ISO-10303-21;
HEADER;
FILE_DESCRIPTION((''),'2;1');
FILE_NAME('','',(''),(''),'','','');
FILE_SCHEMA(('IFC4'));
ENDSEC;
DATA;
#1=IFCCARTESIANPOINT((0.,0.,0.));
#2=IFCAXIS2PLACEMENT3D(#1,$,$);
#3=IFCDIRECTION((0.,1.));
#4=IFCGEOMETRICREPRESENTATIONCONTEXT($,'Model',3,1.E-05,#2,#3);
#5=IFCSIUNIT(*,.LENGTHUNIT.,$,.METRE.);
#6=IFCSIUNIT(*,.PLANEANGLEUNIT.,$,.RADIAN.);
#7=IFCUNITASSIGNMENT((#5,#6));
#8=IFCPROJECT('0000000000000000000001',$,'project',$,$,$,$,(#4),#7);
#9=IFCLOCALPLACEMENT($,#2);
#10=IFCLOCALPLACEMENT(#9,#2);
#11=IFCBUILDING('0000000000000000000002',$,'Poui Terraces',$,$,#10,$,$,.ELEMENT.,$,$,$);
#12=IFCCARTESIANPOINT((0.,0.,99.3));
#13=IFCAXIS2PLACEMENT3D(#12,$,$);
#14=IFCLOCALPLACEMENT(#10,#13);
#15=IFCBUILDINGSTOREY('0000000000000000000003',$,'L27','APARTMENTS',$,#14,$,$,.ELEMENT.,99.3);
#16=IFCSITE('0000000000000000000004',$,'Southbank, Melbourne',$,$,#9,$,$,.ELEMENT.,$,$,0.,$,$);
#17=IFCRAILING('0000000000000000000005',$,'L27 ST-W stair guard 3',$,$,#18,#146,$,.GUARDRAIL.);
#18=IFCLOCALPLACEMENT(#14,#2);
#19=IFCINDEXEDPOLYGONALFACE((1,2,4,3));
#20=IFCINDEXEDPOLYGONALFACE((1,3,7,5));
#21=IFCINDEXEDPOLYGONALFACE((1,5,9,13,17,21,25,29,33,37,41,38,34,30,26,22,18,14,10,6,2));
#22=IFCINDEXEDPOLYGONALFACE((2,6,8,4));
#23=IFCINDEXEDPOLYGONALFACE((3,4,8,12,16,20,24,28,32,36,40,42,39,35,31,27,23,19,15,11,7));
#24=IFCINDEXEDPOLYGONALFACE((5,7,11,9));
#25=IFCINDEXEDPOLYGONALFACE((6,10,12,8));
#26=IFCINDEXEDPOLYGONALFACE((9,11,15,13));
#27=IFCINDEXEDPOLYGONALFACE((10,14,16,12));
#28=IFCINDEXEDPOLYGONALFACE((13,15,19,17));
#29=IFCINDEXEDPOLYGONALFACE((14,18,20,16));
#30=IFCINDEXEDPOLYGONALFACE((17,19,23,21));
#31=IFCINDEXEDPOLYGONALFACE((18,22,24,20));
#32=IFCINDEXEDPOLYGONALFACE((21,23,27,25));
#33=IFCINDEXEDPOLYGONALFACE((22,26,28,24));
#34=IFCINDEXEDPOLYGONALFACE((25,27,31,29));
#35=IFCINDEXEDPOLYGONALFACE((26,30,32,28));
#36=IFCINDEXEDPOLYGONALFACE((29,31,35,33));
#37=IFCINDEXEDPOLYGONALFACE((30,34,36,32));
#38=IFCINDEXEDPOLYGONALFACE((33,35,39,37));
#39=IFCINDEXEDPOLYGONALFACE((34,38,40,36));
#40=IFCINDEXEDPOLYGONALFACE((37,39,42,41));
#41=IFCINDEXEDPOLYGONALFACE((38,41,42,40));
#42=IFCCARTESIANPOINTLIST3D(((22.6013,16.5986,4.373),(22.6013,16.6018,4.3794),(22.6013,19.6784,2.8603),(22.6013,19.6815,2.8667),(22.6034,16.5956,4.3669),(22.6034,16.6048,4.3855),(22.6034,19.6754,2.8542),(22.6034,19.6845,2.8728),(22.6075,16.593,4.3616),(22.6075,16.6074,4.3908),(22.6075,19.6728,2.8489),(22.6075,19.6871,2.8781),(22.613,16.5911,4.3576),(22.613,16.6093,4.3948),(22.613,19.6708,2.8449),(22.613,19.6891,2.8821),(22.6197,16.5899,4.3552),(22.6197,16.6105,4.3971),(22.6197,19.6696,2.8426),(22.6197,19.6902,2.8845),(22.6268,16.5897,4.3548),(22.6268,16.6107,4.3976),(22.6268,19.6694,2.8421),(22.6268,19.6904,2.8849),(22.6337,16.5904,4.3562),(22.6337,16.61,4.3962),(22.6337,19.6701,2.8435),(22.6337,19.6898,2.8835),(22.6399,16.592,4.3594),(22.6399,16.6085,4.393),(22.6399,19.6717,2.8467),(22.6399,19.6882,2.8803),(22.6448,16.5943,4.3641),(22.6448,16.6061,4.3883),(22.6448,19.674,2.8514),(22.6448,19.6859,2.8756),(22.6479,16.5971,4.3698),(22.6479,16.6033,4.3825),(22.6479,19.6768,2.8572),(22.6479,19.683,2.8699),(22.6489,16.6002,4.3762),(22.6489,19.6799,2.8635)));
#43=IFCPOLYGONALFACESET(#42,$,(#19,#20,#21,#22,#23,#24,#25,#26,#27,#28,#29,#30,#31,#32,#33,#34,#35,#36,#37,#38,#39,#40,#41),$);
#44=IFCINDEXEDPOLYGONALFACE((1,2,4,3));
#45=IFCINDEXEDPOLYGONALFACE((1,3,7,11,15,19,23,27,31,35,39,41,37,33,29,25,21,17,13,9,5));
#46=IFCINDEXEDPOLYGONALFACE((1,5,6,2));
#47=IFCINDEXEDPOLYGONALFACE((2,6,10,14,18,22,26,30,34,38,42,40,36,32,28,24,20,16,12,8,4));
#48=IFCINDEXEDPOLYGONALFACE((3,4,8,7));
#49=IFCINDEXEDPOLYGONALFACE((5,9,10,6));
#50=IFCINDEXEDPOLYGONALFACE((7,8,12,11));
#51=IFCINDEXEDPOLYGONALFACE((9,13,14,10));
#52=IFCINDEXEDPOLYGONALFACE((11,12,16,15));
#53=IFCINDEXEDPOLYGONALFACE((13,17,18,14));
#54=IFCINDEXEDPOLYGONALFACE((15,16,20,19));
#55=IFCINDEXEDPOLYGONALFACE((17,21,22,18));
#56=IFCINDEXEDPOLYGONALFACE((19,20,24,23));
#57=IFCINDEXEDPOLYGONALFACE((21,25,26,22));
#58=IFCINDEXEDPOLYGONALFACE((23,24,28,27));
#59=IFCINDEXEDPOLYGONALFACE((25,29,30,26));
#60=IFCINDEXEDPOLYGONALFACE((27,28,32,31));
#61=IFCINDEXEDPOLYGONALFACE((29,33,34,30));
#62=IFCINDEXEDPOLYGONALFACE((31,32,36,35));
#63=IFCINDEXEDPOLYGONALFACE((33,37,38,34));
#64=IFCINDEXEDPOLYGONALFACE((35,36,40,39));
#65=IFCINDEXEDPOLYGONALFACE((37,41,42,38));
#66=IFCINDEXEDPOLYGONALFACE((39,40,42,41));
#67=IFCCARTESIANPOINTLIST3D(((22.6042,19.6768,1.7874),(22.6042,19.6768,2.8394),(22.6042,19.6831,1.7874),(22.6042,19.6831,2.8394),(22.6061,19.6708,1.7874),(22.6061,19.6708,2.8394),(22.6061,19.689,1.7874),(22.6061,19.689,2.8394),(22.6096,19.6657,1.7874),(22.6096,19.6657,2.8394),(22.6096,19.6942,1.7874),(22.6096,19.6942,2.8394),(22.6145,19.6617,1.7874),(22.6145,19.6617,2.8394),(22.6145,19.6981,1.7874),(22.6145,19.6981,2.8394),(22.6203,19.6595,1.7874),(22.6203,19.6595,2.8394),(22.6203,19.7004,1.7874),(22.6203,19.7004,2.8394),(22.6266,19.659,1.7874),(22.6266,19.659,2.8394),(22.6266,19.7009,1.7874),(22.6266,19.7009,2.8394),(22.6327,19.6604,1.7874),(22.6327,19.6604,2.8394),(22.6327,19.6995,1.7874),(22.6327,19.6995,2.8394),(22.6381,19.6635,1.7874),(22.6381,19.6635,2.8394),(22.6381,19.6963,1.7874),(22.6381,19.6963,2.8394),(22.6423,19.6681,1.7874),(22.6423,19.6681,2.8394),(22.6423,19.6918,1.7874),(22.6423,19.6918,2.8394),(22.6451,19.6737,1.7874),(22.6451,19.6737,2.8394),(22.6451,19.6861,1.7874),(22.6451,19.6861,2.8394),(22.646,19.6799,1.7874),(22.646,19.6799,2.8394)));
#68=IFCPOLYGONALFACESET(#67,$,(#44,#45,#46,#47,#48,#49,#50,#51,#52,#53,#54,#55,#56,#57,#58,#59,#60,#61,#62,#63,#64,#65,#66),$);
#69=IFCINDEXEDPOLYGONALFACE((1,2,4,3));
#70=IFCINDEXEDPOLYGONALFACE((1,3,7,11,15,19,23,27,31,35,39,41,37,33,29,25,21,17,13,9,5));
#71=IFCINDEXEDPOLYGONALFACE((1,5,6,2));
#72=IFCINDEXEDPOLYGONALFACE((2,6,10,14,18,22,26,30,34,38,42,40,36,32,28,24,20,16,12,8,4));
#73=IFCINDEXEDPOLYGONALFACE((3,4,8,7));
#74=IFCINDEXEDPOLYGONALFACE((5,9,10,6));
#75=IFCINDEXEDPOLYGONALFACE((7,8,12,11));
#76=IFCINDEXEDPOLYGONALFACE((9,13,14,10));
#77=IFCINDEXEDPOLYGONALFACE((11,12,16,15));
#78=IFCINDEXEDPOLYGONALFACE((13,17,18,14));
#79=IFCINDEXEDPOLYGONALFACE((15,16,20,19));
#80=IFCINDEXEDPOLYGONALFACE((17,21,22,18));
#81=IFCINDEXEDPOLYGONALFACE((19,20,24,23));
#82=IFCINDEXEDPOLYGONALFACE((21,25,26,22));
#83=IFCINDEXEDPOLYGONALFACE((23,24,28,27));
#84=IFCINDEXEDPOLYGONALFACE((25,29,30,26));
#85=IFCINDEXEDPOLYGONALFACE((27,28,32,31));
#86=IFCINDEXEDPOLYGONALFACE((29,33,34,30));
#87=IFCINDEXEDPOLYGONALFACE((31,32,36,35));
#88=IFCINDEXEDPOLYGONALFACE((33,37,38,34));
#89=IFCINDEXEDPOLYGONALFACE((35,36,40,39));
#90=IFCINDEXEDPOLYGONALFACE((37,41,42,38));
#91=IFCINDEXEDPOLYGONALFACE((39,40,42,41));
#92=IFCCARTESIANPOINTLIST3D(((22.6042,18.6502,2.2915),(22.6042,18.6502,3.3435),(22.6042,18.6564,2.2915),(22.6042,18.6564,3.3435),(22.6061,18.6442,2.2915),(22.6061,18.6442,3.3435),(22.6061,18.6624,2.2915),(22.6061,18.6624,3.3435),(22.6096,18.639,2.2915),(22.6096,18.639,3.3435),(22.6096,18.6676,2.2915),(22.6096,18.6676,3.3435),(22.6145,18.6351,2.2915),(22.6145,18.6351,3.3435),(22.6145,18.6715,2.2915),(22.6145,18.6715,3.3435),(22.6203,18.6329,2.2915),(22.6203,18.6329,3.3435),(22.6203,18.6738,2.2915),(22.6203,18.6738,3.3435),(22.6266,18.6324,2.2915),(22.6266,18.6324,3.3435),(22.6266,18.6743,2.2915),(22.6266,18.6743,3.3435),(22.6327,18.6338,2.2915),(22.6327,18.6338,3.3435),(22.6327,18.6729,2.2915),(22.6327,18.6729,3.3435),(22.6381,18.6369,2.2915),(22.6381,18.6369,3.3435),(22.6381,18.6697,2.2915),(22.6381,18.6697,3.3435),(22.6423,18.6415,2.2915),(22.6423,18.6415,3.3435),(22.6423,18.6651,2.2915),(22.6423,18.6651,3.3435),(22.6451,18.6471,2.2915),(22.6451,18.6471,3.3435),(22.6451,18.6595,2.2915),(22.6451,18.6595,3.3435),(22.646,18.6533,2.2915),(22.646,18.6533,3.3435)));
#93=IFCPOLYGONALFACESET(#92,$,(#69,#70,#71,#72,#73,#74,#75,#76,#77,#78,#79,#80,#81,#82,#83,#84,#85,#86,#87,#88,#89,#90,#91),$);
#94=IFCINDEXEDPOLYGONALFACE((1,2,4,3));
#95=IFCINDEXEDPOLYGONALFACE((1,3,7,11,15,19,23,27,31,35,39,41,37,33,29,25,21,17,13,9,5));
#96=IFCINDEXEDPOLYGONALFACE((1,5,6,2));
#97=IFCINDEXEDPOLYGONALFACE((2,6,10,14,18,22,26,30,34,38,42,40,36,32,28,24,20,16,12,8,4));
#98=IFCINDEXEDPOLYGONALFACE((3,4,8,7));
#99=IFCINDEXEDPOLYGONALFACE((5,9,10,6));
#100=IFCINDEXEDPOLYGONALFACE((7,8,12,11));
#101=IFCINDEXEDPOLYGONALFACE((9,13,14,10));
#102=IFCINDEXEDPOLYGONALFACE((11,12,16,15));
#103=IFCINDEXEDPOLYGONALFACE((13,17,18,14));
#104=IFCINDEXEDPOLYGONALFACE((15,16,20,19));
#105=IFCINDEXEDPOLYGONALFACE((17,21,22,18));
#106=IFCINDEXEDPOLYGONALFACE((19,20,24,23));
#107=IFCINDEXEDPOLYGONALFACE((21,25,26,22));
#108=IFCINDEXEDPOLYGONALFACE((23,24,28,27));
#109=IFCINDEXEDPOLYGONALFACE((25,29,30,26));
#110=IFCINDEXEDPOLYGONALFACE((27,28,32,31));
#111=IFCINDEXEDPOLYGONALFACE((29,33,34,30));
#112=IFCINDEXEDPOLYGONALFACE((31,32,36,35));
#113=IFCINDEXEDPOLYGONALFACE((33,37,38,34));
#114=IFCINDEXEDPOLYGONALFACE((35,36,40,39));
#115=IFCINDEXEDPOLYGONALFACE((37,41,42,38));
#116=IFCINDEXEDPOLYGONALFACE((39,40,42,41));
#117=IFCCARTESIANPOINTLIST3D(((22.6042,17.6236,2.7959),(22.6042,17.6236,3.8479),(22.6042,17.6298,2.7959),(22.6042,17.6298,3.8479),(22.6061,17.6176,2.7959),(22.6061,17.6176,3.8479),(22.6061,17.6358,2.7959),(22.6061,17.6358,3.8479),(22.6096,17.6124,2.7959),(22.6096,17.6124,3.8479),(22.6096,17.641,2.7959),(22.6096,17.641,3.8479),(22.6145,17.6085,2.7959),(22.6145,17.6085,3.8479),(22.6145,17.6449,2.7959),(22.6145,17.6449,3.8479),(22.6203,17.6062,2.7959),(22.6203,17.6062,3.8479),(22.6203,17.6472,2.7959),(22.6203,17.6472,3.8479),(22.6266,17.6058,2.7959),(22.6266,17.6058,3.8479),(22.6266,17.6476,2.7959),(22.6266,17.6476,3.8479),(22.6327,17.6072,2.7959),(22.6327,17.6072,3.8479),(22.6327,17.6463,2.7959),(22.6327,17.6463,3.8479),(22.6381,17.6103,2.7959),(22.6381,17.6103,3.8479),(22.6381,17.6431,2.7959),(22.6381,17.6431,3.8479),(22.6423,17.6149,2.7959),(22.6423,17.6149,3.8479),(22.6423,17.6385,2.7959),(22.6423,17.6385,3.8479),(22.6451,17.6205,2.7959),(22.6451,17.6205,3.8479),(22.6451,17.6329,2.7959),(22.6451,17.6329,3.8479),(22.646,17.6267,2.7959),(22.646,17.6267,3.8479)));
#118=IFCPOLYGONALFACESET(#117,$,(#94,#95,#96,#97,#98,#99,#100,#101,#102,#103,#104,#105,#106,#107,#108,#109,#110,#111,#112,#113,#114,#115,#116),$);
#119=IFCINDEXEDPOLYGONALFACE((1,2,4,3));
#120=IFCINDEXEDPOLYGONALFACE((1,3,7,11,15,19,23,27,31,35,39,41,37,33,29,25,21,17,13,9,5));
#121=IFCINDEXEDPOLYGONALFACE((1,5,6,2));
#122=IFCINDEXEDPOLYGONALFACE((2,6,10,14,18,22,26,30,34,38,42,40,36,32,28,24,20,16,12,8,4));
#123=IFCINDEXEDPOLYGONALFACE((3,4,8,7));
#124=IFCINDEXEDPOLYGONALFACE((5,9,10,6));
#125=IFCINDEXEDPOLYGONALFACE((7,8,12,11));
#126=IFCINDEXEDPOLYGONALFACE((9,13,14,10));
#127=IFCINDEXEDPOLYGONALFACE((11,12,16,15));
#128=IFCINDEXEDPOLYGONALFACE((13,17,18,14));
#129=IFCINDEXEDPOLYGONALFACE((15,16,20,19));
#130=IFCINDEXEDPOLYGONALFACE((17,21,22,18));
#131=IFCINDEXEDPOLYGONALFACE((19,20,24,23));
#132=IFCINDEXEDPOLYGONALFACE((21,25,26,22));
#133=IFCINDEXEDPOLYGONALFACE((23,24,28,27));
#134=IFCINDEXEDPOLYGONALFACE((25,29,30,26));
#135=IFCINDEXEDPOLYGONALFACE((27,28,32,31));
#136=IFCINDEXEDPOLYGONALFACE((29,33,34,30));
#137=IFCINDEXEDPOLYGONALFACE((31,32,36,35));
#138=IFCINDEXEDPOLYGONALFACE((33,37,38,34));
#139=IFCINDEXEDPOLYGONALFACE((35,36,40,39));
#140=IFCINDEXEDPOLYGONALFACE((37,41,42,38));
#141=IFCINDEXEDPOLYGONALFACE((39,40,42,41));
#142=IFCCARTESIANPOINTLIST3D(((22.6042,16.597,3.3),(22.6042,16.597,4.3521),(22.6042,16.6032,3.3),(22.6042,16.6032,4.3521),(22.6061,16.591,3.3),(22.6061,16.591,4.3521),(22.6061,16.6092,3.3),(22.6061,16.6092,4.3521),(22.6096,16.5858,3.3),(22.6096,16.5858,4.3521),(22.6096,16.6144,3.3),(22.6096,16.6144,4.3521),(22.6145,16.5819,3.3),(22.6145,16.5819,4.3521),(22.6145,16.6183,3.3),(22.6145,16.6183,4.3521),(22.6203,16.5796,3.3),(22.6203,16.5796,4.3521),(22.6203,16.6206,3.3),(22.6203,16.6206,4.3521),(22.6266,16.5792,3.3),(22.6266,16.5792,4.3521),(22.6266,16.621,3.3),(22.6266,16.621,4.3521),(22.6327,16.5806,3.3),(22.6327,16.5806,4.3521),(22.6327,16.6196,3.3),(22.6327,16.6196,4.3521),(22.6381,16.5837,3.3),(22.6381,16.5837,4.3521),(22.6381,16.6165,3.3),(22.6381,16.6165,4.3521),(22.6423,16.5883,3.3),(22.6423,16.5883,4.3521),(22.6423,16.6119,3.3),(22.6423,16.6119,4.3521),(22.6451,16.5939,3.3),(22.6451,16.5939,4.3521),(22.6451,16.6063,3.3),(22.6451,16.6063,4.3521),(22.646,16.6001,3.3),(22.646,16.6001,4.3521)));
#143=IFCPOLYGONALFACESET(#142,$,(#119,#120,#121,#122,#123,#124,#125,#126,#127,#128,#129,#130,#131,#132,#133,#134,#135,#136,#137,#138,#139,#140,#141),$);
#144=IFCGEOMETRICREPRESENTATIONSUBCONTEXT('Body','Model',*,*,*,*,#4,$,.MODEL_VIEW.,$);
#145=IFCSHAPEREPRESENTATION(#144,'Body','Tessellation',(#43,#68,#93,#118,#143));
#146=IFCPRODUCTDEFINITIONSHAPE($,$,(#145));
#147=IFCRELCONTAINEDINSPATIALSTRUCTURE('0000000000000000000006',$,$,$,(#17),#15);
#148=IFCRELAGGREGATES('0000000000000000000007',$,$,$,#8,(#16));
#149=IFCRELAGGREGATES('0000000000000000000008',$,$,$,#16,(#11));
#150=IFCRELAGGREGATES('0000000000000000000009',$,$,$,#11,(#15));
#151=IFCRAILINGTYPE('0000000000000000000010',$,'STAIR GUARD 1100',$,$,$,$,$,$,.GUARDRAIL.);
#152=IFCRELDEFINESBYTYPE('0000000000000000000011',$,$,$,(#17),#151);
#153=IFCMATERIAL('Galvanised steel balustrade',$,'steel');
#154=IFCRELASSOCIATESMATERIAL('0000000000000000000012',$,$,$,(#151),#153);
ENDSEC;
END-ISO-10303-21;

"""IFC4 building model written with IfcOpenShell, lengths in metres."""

from ifc_helpers import new_model, si_unit, direction, frame, origin, origin_2d, place, context, subcontext, project, spatial, circle, extrude, material, type_object, element, save


model = new_model("IFC4")

# Units and contexts
model_context = context("Model", 3, precision=1e-05, world=origin(), true_north=direction((0.0, 1.0)))
body_context = subcontext(model_context, "Body", "Model", "MODEL_VIEW")
ifc_project = project(units=[si_unit("LENGTHUNIT", "METRE"), si_unit("PLANEANGLEUNIT", "RADIAN")], contexts=[model_context])

# Site, building, storey
site_placement = place(None, origin())
site = spatial("IfcSite", under=ifc_project, at=site_placement, Name="Southbank, Melbourne", CompositionType="ELEMENT", RefElevation=0.0)
building_placement = place(site_placement, origin())
building = spatial("IfcBuilding", under=site, at=building_placement, Name="Poui Terraces", CompositionType="ELEMENT")
storey_placement = place(building_placement, frame((0.0, 0.0, 99.3)))
storey = spatial("IfcBuildingStorey", under=building, at=storey_placement, Name="L27", Description="APARTMENTS", CompositionType="ELEMENT", Elevation=99.3)

# Railing
ifc_material_1 = material(Name="Galvanised steel balustrade", Category="steel")
railing_type_1 = type_object("IfcRailingType", Name="STAIR GUARD 1100", PredefinedType="GUARDRAIL", material=ifc_material_1)
railing_1_placement = place(storey_placement, frame((22.625, 19.6799, 1.7874)))
element("IfcRailing", 1, at=railing_1_placement, inside=storey, type_object=railing_type_1, Name="L27 ST-W stair guard 3", PredefinedType="GUARDRAIL", context=body_context, shape_type="SweptSolid", body=[
    extrude(circle(Radius=0.0239, at=origin_2d()), frame((0.0, 0.0, 1.0762), z_axis=(0.0, -0.897578, 0.440856), x_axis=(1.0, 0.0, 0.0)), (0.0, 0.0, 1.0), 3.4312),
    extrude(circle(Radius=0.021, at=origin_2d()), origin(), (0.0, 0.0, 1.0), 1.052),
    extrude(circle(Radius=0.021, at=origin_2d()), frame((0.0, -1.0266, 0.5042)), (0.0, 0.0, 1.0), 1.052),
    extrude(circle(Radius=0.021, at=origin_2d()), frame((0.0, -2.0532, 1.0085)), (0.0, 0.0, 1.0), 1.052),
    extrude(circle(Radius=0.021, at=origin_2d()), frame((0.0, -3.0798, 1.5127)), (0.0, 0.0, 1.0), 1.052),
])

save(model, "model.ifc")
